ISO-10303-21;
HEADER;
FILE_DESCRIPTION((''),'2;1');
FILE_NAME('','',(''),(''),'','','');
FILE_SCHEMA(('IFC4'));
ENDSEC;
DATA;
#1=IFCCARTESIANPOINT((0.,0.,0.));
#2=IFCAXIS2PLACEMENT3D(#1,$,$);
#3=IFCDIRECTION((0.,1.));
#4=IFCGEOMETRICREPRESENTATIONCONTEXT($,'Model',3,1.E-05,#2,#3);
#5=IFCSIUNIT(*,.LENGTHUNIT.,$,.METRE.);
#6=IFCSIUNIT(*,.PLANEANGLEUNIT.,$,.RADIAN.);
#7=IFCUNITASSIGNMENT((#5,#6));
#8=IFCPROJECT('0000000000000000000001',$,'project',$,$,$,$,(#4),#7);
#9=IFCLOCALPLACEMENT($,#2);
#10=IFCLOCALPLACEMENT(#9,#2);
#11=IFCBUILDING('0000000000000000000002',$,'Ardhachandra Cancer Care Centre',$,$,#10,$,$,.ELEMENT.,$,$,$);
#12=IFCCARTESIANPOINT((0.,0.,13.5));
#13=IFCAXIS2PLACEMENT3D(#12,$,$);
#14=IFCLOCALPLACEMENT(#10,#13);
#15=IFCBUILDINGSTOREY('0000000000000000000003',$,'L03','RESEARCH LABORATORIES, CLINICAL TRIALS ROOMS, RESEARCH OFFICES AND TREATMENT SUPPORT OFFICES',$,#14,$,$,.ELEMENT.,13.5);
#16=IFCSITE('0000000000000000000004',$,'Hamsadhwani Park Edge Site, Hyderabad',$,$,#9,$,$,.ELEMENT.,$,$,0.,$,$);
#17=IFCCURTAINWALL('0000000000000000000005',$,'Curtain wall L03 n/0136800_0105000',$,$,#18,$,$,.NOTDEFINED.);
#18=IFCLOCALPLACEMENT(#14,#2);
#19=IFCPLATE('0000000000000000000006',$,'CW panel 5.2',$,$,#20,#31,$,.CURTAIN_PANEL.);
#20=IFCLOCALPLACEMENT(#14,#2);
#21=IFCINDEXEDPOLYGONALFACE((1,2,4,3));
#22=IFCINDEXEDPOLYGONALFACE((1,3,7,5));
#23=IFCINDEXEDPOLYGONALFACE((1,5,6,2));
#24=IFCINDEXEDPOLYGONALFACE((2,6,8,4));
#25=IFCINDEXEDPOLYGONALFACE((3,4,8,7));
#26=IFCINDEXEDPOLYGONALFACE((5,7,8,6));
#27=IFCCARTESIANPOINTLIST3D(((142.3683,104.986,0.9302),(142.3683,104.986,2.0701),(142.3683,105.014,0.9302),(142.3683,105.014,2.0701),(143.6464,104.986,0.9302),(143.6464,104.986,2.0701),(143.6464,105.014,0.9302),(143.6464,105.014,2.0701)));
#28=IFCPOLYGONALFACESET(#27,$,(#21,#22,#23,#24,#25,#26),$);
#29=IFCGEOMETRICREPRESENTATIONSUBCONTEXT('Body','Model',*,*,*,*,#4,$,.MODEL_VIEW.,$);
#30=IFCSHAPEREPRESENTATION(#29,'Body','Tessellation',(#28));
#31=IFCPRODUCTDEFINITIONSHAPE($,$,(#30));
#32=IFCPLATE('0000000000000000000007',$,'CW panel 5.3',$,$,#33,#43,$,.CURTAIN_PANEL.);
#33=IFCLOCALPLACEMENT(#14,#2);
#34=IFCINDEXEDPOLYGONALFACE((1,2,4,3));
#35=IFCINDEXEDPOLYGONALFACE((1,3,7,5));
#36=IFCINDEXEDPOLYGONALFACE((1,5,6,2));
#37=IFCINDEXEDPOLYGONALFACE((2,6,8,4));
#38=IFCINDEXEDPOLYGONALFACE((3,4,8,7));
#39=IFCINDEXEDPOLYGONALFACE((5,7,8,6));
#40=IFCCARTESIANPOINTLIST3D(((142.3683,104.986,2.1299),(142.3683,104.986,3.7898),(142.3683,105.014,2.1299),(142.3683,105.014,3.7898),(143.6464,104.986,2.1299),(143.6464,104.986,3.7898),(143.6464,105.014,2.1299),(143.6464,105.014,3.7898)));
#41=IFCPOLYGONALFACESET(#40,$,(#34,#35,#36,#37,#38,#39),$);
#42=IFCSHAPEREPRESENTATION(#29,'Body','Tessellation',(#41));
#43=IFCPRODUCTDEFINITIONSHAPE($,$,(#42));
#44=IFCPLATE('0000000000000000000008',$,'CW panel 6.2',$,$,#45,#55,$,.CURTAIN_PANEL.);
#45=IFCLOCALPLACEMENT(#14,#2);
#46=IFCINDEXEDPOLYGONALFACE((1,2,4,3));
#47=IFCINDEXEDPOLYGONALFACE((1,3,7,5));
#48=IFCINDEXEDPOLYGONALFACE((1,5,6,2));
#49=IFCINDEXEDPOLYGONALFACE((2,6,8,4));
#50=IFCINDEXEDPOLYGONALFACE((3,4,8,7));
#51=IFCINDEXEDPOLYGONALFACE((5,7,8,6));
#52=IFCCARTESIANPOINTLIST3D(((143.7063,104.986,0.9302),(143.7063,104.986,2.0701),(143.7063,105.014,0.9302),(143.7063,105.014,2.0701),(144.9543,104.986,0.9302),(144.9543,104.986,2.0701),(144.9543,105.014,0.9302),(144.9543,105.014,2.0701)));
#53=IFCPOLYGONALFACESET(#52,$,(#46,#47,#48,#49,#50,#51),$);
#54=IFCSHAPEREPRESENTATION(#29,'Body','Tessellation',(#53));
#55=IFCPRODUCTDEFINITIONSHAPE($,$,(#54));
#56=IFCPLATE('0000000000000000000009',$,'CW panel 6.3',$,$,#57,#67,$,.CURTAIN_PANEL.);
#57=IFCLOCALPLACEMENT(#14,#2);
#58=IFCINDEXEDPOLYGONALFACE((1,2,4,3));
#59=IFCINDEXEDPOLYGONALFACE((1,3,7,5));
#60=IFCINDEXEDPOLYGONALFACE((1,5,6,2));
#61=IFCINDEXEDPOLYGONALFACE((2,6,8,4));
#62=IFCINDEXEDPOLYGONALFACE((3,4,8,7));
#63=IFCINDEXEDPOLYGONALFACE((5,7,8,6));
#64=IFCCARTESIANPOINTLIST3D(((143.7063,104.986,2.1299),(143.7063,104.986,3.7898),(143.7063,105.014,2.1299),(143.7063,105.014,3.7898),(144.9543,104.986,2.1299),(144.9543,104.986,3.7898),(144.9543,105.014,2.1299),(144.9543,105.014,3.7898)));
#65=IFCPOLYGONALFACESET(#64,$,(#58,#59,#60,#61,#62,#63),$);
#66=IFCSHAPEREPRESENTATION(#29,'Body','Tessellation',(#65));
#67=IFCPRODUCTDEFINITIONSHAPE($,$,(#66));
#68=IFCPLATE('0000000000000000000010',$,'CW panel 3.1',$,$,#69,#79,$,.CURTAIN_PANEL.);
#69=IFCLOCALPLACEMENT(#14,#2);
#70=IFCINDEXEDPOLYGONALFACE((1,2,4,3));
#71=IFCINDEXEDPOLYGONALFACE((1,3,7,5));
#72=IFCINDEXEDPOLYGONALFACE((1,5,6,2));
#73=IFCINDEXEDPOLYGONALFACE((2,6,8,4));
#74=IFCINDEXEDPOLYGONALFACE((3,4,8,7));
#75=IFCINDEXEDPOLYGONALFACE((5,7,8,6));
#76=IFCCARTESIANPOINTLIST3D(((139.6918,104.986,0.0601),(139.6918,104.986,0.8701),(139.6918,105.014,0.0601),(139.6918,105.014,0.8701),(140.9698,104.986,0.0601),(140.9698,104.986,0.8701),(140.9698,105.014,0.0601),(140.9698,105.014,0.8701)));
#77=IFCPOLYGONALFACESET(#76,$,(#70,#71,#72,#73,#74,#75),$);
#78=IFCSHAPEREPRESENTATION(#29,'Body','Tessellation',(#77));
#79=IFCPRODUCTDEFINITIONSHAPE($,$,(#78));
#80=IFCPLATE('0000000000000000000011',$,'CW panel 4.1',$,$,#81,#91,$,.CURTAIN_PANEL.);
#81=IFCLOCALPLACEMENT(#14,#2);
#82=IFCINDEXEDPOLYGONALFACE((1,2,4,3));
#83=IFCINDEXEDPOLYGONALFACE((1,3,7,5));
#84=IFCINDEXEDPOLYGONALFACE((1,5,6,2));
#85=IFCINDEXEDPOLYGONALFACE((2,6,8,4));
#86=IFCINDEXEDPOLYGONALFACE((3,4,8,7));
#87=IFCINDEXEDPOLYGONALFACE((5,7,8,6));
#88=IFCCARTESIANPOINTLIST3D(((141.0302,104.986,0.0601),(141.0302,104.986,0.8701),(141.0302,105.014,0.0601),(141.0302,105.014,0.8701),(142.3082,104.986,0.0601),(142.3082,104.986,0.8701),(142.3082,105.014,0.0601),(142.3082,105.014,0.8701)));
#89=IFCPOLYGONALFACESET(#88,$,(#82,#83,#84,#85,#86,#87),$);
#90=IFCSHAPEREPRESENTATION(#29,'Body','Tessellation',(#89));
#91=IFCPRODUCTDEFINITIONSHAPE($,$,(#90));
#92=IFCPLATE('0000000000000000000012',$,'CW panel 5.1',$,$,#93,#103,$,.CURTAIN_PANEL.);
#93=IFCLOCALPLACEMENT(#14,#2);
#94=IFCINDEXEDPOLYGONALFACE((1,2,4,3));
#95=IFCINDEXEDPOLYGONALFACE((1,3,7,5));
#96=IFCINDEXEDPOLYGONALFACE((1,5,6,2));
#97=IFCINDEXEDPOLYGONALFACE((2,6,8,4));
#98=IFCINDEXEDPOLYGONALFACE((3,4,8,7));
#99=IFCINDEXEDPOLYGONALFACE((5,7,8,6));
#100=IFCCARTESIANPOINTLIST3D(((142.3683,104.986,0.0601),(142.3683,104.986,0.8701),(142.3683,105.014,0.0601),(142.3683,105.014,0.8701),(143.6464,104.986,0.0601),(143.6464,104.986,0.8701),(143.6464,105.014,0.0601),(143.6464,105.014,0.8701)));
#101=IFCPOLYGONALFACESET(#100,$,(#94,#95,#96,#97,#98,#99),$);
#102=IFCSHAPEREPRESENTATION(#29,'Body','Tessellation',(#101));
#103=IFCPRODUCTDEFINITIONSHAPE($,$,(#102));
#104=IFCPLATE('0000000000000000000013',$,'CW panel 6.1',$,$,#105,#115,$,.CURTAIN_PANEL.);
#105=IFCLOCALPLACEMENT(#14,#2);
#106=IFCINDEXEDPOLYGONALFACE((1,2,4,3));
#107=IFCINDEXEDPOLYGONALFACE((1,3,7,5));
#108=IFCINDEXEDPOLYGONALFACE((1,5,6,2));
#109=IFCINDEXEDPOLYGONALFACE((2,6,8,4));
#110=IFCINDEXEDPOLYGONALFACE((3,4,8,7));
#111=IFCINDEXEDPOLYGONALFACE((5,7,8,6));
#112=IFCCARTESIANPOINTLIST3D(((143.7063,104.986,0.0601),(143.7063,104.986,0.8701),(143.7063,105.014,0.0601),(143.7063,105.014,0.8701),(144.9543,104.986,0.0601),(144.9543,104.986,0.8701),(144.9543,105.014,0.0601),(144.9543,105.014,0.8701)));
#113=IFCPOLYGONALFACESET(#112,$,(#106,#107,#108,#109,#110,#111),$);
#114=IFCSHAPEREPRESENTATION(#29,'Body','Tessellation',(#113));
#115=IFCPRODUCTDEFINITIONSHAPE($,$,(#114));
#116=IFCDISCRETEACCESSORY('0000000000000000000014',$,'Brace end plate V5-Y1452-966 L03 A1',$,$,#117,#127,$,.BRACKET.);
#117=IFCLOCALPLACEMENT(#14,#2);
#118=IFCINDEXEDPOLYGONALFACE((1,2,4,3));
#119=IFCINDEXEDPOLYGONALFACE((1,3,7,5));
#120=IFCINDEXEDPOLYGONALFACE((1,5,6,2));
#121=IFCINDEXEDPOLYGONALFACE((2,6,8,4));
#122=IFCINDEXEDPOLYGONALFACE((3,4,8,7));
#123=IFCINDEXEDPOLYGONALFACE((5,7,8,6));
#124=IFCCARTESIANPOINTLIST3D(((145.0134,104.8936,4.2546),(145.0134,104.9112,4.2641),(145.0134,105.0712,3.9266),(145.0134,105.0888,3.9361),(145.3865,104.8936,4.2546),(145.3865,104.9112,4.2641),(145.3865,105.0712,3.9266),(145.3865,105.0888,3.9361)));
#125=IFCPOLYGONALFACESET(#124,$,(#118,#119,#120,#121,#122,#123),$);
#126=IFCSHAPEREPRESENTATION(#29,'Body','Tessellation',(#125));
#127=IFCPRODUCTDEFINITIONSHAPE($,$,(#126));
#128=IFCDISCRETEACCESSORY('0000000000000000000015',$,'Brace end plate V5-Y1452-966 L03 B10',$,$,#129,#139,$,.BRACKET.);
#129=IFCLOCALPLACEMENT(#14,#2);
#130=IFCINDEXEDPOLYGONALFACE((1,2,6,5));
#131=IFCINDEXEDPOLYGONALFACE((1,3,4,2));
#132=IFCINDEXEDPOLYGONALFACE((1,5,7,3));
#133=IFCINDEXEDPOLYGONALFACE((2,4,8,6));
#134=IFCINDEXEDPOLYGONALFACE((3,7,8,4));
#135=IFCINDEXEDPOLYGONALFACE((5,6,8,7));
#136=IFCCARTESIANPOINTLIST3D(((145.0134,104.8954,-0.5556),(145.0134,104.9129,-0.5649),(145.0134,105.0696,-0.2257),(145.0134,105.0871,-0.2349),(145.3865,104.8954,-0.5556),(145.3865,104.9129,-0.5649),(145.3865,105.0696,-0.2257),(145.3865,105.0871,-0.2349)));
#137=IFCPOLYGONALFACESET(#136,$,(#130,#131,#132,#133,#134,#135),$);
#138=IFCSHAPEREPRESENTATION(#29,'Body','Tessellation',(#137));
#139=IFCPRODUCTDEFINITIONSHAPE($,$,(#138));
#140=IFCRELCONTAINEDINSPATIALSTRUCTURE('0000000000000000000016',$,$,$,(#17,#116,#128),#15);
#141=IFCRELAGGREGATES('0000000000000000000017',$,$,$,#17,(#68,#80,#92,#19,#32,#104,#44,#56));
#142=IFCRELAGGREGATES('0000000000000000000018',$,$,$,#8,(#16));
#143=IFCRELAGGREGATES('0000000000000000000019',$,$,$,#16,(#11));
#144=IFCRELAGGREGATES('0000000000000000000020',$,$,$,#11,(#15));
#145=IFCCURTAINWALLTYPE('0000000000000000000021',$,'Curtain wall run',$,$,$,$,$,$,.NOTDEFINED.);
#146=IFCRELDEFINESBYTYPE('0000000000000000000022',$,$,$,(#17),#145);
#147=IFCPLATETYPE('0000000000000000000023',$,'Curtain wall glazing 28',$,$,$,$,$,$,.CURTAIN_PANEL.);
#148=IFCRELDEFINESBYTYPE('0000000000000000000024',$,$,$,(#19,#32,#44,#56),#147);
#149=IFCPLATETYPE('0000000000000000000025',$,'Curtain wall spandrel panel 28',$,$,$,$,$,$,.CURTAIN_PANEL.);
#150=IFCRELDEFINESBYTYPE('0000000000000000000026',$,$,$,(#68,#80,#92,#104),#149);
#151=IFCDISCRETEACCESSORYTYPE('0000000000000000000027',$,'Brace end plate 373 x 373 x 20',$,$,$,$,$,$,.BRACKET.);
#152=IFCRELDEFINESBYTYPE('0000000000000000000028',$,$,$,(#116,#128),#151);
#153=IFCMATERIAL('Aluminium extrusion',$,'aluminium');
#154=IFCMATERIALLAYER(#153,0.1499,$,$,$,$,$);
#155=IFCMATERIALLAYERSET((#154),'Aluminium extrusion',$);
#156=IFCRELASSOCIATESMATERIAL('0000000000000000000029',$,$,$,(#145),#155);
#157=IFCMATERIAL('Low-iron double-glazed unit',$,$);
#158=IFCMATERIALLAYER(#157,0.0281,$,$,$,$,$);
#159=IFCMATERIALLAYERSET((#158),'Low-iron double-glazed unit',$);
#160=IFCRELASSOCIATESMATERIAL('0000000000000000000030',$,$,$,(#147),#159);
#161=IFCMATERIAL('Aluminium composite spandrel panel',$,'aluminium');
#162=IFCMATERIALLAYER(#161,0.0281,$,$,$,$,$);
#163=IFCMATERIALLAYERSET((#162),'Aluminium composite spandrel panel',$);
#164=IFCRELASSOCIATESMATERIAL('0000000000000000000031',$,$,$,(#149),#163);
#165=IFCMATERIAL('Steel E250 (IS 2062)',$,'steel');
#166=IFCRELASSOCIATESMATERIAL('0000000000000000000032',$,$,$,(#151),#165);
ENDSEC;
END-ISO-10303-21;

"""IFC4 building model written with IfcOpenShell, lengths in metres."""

from ifc_helpers import new_model, si_unit, direction, frame, origin, origin_2d, place, context, subcontext, project, spatial, rectangle, extrude, material, layer, layer_set, material_profile, profile_set, type_object, element, aggregate, save


model = new_model("IFC4")

# Units and contexts
model_context = context("Model", 3, precision=1e-05, world=origin(), true_north=direction((0.0, 1.0)))
body_context = subcontext(model_context, "Body", "Model", "MODEL_VIEW")
ifc_project = project(units=[si_unit("LENGTHUNIT", "METRE"), si_unit("PLANEANGLEUNIT", "RADIAN")], contexts=[model_context])

# Site, building, storey
site_placement = place(None, origin())
site = spatial("IfcSite", under=ifc_project, at=site_placement, Name="Hamsadhwani Park Edge Site, Hyderabad", CompositionType="ELEMENT", RefElevation=0.0)
building_placement = place(site_placement, origin())
building = spatial("IfcBuilding", under=site, at=building_placement, Name="Ardhachandra Cancer Care Centre", CompositionType="ELEMENT")
storey_placement = place(building_placement, frame((0.0, 0.0, 13.5)))
storey = spatial("IfcBuildingStorey", under=building, at=storey_placement, Name="L03", Description="RESEARCH LABORATORIES, CLINICAL TRIALS ROOMS, RESEARCH OFFICES AND TREATMENT SUPPORT OFFICES", CompositionType="ELEMENT", Elevation=13.5)

# Curtain wall, plates
ifc_material_1 = material(Name="Aluminium extrusion", Category="aluminium")
ifc_layer_1 = layer(ifc_material_1, 0.1499)
ifc_layer_set_1 = layer_set([ifc_layer_1], Name="Aluminium extrusion")
curtain_wall_type = type_object("IfcCurtainWallType", Name="Curtain wall run", PredefinedType="NOTDEFINED", material=ifc_layer_set_1)
curtain_wall_placement = place(storey_placement, origin())
curtain_wall = element("IfcCurtainWall", 1, at=curtain_wall_placement, inside=storey, type_object=curtain_wall_type, Name="Curtain wall L03 n/0136800_0105000", PredefinedType="NOTDEFINED")
ifc_material_2 = material(Name="Low-iron double-glazed unit")
ifc_layer_2 = layer(ifc_material_2, 0.0281)
ifc_layer_set_2 = layer_set([ifc_layer_2], Name="Low-iron double-glazed unit")
plate_type_1 = type_object("IfcPlateType", Name="Curtain wall glazing 28", PredefinedType="CURTAIN_PANEL", material=ifc_layer_set_2)
plate_1_placement = place(storey_placement, frame((143.0073, 105.0, 0.9302), z_axis=(0.0, 0.0, 1.0), x_axis=(1.0, 0.0, 0.0)))
plate_1 = element("IfcPlate", 2, at=plate_1_placement, type_object=plate_type_1, Name="CW panel 5.2", PredefinedType="CURTAIN_PANEL", context=body_context, shape_type="SweptSolid", body=[
    extrude(rectangle(XDim=1.2781, YDim=0.0281, at=origin_2d()), origin(), (0.0, 0.0, 1.0), 1.1399),
])
plate_2_placement = place(storey_placement, frame((143.0073, 105.0, 2.1299), z_axis=(0.0, 0.0, 1.0), x_axis=(1.0, 0.0, 0.0)))
plate_2 = element("IfcPlate", 3, at=plate_2_placement, type_object=plate_type_1, Name="CW panel 5.3", PredefinedType="CURTAIN_PANEL", context=body_context, shape_type="SweptSolid", body=[
    extrude(rectangle(XDim=1.2781, YDim=0.0281, at=origin_2d()), origin(), (0.0, 0.0, 1.0), 1.6599),
])
plate_3_placement = place(storey_placement, frame((144.3303, 105.0, 0.9302), z_axis=(0.0, 0.0, 1.0), x_axis=(1.0, 0.0, 0.0)))
plate_3 = element("IfcPlate", 4, at=plate_3_placement, type_object=plate_type_1, Name="CW panel 6.2", PredefinedType="CURTAIN_PANEL", context=body_context, shape_type="SweptSolid", body=[
    extrude(rectangle(XDim=1.248, YDim=0.0281, at=origin_2d()), origin(), (0.0, 0.0, 1.0), 1.1399),
])
plate_4_placement = place(storey_placement, frame((144.3303, 105.0, 2.1299), z_axis=(0.0, 0.0, 1.0), x_axis=(1.0, 0.0, 0.0)))
plate_4 = element("IfcPlate", 5, at=plate_4_placement, type_object=plate_type_1, Name="CW panel 6.3", PredefinedType="CURTAIN_PANEL", context=body_context, shape_type="SweptSolid", body=[
    extrude(rectangle(XDim=1.248, YDim=0.0281, at=origin_2d()), origin(), (0.0, 0.0, 1.0), 1.6599),
])
ifc_material_3 = material(Name="Aluminium composite spandrel panel", Category="aluminium")
ifc_layer_3 = layer(ifc_material_3, 0.0281)
ifc_layer_set_3 = layer_set([ifc_layer_3], Name="Aluminium composite spandrel panel")
plate_type_2 = type_object("IfcPlateType", Name="Curtain wall spandrel panel 28", PredefinedType="CURTAIN_PANEL", material=ifc_layer_set_3)
plate_5_placement = place(storey_placement, frame((140.3308, 105.0, 0.0601), z_axis=(0.0, 0.0, 1.0), x_axis=(1.0, 0.0, 0.0)))
plate_5 = element("IfcPlate", 6, at=plate_5_placement, type_object=plate_type_2, Name="CW panel 3.1", PredefinedType="CURTAIN_PANEL", context=body_context, shape_type="SweptSolid", body=[
    extrude(rectangle(XDim=1.2781, YDim=0.0281, at=origin_2d()), origin(), (0.0, 0.0, 1.0), 0.8101),
])
plate_6_placement = place(storey_placement, frame((141.6692, 105.0, 0.0601), z_axis=(0.0, 0.0, 1.0), x_axis=(1.0, 0.0, 0.0)))
plate_6 = element("IfcPlate", 7, at=plate_6_placement, type_object=plate_type_2, Name="CW panel 4.1", PredefinedType="CURTAIN_PANEL", context=body_context, shape_type="SweptSolid", body=[
    extrude(rectangle(XDim=1.2781, YDim=0.0281, at=origin_2d()), origin(), (0.0, 0.0, 1.0), 0.8101),
])
plate_7_placement = place(storey_placement, frame((143.0073, 105.0, 0.0601), z_axis=(0.0, 0.0, 1.0), x_axis=(1.0, 0.0, 0.0)))
plate_7 = element("IfcPlate", 8, at=plate_7_placement, type_object=plate_type_2, Name="CW panel 5.1", PredefinedType="CURTAIN_PANEL", context=body_context, shape_type="SweptSolid", body=[
    extrude(rectangle(XDim=1.2781, YDim=0.0281, at=origin_2d()), origin(), (0.0, 0.0, 1.0), 0.8101),
])
plate_8_placement = place(storey_placement, frame((144.3303, 105.0, 0.0601), z_axis=(0.0, 0.0, 1.0), x_axis=(1.0, 0.0, 0.0)))
plate_8 = element("IfcPlate", 9, at=plate_8_placement, type_object=plate_type_2, Name="CW panel 6.1", PredefinedType="CURTAIN_PANEL", context=body_context, shape_type="SweptSolid", body=[
    extrude(rectangle(XDim=1.248, YDim=0.0281, at=origin_2d()), origin(), (0.0, 0.0, 1.0), 0.8101),
])
aggregate(curtain_wall, [plate_5, plate_6, plate_7, plate_1, plate_2, plate_8, plate_3, plate_4])

# Discrete accessories
ifc_material_4 = material(Name="Steel E250 (IS 2062)", Category="steel")
ifc_material_profile_1 = material_profile(ifc_material_4, rectangle(XDim=0.373, YDim=0.373, at=origin_2d()), Name="PL 373x373x20")
ifc_profile_set_1 = profile_set([ifc_material_profile_1], Name="Steel E250 (IS 2062)")
discrete_accessory_type = type_object("IfcDiscreteAccessoryType", Name="Brace end plate 373 x 373 x 20", PredefinedType="BRACKET", material=ifc_profile_set_1)
discrete_accessory_1_placement = place(storey_placement, frame((145.2, 105.0, 4.1001), z_axis=(0.0, -0.879292, -0.476283), x_axis=(1.0, 0.0, 0.0)))
element("IfcDiscreteAccessory", 10, at=discrete_accessory_1_placement, inside=storey, type_object=discrete_accessory_type, Name="Brace end plate V5-Y1452-966 L03 A1", PredefinedType="BRACKET", context=body_context, shape_type="SweptSolid", body=[
    extrude(rectangle(XDim=0.373, YDim=0.373, at=origin_2d()), origin(), (0.0, 0.0, 1.0), 0.02),
])
discrete_accessory_2_placement = place(storey_placement, frame((145.2, 105.0, -0.3999), z_axis=(0.0, -0.884385, 0.466759), x_axis=(1.0, 0.0, 0.0)))
element("IfcDiscreteAccessory", 11, at=discrete_accessory_2_placement, inside=storey, type_object=discrete_accessory_type, Name="Brace end plate V5-Y1452-966 L03 B10", PredefinedType="BRACKET", context=body_context, shape_type="SweptSolid", body=[
    extrude(rectangle(XDim=0.373, YDim=0.373, at=origin_2d()), origin(), (0.0, 0.0, 1.0), 0.0198),
])

save(model, "model.ifc")
